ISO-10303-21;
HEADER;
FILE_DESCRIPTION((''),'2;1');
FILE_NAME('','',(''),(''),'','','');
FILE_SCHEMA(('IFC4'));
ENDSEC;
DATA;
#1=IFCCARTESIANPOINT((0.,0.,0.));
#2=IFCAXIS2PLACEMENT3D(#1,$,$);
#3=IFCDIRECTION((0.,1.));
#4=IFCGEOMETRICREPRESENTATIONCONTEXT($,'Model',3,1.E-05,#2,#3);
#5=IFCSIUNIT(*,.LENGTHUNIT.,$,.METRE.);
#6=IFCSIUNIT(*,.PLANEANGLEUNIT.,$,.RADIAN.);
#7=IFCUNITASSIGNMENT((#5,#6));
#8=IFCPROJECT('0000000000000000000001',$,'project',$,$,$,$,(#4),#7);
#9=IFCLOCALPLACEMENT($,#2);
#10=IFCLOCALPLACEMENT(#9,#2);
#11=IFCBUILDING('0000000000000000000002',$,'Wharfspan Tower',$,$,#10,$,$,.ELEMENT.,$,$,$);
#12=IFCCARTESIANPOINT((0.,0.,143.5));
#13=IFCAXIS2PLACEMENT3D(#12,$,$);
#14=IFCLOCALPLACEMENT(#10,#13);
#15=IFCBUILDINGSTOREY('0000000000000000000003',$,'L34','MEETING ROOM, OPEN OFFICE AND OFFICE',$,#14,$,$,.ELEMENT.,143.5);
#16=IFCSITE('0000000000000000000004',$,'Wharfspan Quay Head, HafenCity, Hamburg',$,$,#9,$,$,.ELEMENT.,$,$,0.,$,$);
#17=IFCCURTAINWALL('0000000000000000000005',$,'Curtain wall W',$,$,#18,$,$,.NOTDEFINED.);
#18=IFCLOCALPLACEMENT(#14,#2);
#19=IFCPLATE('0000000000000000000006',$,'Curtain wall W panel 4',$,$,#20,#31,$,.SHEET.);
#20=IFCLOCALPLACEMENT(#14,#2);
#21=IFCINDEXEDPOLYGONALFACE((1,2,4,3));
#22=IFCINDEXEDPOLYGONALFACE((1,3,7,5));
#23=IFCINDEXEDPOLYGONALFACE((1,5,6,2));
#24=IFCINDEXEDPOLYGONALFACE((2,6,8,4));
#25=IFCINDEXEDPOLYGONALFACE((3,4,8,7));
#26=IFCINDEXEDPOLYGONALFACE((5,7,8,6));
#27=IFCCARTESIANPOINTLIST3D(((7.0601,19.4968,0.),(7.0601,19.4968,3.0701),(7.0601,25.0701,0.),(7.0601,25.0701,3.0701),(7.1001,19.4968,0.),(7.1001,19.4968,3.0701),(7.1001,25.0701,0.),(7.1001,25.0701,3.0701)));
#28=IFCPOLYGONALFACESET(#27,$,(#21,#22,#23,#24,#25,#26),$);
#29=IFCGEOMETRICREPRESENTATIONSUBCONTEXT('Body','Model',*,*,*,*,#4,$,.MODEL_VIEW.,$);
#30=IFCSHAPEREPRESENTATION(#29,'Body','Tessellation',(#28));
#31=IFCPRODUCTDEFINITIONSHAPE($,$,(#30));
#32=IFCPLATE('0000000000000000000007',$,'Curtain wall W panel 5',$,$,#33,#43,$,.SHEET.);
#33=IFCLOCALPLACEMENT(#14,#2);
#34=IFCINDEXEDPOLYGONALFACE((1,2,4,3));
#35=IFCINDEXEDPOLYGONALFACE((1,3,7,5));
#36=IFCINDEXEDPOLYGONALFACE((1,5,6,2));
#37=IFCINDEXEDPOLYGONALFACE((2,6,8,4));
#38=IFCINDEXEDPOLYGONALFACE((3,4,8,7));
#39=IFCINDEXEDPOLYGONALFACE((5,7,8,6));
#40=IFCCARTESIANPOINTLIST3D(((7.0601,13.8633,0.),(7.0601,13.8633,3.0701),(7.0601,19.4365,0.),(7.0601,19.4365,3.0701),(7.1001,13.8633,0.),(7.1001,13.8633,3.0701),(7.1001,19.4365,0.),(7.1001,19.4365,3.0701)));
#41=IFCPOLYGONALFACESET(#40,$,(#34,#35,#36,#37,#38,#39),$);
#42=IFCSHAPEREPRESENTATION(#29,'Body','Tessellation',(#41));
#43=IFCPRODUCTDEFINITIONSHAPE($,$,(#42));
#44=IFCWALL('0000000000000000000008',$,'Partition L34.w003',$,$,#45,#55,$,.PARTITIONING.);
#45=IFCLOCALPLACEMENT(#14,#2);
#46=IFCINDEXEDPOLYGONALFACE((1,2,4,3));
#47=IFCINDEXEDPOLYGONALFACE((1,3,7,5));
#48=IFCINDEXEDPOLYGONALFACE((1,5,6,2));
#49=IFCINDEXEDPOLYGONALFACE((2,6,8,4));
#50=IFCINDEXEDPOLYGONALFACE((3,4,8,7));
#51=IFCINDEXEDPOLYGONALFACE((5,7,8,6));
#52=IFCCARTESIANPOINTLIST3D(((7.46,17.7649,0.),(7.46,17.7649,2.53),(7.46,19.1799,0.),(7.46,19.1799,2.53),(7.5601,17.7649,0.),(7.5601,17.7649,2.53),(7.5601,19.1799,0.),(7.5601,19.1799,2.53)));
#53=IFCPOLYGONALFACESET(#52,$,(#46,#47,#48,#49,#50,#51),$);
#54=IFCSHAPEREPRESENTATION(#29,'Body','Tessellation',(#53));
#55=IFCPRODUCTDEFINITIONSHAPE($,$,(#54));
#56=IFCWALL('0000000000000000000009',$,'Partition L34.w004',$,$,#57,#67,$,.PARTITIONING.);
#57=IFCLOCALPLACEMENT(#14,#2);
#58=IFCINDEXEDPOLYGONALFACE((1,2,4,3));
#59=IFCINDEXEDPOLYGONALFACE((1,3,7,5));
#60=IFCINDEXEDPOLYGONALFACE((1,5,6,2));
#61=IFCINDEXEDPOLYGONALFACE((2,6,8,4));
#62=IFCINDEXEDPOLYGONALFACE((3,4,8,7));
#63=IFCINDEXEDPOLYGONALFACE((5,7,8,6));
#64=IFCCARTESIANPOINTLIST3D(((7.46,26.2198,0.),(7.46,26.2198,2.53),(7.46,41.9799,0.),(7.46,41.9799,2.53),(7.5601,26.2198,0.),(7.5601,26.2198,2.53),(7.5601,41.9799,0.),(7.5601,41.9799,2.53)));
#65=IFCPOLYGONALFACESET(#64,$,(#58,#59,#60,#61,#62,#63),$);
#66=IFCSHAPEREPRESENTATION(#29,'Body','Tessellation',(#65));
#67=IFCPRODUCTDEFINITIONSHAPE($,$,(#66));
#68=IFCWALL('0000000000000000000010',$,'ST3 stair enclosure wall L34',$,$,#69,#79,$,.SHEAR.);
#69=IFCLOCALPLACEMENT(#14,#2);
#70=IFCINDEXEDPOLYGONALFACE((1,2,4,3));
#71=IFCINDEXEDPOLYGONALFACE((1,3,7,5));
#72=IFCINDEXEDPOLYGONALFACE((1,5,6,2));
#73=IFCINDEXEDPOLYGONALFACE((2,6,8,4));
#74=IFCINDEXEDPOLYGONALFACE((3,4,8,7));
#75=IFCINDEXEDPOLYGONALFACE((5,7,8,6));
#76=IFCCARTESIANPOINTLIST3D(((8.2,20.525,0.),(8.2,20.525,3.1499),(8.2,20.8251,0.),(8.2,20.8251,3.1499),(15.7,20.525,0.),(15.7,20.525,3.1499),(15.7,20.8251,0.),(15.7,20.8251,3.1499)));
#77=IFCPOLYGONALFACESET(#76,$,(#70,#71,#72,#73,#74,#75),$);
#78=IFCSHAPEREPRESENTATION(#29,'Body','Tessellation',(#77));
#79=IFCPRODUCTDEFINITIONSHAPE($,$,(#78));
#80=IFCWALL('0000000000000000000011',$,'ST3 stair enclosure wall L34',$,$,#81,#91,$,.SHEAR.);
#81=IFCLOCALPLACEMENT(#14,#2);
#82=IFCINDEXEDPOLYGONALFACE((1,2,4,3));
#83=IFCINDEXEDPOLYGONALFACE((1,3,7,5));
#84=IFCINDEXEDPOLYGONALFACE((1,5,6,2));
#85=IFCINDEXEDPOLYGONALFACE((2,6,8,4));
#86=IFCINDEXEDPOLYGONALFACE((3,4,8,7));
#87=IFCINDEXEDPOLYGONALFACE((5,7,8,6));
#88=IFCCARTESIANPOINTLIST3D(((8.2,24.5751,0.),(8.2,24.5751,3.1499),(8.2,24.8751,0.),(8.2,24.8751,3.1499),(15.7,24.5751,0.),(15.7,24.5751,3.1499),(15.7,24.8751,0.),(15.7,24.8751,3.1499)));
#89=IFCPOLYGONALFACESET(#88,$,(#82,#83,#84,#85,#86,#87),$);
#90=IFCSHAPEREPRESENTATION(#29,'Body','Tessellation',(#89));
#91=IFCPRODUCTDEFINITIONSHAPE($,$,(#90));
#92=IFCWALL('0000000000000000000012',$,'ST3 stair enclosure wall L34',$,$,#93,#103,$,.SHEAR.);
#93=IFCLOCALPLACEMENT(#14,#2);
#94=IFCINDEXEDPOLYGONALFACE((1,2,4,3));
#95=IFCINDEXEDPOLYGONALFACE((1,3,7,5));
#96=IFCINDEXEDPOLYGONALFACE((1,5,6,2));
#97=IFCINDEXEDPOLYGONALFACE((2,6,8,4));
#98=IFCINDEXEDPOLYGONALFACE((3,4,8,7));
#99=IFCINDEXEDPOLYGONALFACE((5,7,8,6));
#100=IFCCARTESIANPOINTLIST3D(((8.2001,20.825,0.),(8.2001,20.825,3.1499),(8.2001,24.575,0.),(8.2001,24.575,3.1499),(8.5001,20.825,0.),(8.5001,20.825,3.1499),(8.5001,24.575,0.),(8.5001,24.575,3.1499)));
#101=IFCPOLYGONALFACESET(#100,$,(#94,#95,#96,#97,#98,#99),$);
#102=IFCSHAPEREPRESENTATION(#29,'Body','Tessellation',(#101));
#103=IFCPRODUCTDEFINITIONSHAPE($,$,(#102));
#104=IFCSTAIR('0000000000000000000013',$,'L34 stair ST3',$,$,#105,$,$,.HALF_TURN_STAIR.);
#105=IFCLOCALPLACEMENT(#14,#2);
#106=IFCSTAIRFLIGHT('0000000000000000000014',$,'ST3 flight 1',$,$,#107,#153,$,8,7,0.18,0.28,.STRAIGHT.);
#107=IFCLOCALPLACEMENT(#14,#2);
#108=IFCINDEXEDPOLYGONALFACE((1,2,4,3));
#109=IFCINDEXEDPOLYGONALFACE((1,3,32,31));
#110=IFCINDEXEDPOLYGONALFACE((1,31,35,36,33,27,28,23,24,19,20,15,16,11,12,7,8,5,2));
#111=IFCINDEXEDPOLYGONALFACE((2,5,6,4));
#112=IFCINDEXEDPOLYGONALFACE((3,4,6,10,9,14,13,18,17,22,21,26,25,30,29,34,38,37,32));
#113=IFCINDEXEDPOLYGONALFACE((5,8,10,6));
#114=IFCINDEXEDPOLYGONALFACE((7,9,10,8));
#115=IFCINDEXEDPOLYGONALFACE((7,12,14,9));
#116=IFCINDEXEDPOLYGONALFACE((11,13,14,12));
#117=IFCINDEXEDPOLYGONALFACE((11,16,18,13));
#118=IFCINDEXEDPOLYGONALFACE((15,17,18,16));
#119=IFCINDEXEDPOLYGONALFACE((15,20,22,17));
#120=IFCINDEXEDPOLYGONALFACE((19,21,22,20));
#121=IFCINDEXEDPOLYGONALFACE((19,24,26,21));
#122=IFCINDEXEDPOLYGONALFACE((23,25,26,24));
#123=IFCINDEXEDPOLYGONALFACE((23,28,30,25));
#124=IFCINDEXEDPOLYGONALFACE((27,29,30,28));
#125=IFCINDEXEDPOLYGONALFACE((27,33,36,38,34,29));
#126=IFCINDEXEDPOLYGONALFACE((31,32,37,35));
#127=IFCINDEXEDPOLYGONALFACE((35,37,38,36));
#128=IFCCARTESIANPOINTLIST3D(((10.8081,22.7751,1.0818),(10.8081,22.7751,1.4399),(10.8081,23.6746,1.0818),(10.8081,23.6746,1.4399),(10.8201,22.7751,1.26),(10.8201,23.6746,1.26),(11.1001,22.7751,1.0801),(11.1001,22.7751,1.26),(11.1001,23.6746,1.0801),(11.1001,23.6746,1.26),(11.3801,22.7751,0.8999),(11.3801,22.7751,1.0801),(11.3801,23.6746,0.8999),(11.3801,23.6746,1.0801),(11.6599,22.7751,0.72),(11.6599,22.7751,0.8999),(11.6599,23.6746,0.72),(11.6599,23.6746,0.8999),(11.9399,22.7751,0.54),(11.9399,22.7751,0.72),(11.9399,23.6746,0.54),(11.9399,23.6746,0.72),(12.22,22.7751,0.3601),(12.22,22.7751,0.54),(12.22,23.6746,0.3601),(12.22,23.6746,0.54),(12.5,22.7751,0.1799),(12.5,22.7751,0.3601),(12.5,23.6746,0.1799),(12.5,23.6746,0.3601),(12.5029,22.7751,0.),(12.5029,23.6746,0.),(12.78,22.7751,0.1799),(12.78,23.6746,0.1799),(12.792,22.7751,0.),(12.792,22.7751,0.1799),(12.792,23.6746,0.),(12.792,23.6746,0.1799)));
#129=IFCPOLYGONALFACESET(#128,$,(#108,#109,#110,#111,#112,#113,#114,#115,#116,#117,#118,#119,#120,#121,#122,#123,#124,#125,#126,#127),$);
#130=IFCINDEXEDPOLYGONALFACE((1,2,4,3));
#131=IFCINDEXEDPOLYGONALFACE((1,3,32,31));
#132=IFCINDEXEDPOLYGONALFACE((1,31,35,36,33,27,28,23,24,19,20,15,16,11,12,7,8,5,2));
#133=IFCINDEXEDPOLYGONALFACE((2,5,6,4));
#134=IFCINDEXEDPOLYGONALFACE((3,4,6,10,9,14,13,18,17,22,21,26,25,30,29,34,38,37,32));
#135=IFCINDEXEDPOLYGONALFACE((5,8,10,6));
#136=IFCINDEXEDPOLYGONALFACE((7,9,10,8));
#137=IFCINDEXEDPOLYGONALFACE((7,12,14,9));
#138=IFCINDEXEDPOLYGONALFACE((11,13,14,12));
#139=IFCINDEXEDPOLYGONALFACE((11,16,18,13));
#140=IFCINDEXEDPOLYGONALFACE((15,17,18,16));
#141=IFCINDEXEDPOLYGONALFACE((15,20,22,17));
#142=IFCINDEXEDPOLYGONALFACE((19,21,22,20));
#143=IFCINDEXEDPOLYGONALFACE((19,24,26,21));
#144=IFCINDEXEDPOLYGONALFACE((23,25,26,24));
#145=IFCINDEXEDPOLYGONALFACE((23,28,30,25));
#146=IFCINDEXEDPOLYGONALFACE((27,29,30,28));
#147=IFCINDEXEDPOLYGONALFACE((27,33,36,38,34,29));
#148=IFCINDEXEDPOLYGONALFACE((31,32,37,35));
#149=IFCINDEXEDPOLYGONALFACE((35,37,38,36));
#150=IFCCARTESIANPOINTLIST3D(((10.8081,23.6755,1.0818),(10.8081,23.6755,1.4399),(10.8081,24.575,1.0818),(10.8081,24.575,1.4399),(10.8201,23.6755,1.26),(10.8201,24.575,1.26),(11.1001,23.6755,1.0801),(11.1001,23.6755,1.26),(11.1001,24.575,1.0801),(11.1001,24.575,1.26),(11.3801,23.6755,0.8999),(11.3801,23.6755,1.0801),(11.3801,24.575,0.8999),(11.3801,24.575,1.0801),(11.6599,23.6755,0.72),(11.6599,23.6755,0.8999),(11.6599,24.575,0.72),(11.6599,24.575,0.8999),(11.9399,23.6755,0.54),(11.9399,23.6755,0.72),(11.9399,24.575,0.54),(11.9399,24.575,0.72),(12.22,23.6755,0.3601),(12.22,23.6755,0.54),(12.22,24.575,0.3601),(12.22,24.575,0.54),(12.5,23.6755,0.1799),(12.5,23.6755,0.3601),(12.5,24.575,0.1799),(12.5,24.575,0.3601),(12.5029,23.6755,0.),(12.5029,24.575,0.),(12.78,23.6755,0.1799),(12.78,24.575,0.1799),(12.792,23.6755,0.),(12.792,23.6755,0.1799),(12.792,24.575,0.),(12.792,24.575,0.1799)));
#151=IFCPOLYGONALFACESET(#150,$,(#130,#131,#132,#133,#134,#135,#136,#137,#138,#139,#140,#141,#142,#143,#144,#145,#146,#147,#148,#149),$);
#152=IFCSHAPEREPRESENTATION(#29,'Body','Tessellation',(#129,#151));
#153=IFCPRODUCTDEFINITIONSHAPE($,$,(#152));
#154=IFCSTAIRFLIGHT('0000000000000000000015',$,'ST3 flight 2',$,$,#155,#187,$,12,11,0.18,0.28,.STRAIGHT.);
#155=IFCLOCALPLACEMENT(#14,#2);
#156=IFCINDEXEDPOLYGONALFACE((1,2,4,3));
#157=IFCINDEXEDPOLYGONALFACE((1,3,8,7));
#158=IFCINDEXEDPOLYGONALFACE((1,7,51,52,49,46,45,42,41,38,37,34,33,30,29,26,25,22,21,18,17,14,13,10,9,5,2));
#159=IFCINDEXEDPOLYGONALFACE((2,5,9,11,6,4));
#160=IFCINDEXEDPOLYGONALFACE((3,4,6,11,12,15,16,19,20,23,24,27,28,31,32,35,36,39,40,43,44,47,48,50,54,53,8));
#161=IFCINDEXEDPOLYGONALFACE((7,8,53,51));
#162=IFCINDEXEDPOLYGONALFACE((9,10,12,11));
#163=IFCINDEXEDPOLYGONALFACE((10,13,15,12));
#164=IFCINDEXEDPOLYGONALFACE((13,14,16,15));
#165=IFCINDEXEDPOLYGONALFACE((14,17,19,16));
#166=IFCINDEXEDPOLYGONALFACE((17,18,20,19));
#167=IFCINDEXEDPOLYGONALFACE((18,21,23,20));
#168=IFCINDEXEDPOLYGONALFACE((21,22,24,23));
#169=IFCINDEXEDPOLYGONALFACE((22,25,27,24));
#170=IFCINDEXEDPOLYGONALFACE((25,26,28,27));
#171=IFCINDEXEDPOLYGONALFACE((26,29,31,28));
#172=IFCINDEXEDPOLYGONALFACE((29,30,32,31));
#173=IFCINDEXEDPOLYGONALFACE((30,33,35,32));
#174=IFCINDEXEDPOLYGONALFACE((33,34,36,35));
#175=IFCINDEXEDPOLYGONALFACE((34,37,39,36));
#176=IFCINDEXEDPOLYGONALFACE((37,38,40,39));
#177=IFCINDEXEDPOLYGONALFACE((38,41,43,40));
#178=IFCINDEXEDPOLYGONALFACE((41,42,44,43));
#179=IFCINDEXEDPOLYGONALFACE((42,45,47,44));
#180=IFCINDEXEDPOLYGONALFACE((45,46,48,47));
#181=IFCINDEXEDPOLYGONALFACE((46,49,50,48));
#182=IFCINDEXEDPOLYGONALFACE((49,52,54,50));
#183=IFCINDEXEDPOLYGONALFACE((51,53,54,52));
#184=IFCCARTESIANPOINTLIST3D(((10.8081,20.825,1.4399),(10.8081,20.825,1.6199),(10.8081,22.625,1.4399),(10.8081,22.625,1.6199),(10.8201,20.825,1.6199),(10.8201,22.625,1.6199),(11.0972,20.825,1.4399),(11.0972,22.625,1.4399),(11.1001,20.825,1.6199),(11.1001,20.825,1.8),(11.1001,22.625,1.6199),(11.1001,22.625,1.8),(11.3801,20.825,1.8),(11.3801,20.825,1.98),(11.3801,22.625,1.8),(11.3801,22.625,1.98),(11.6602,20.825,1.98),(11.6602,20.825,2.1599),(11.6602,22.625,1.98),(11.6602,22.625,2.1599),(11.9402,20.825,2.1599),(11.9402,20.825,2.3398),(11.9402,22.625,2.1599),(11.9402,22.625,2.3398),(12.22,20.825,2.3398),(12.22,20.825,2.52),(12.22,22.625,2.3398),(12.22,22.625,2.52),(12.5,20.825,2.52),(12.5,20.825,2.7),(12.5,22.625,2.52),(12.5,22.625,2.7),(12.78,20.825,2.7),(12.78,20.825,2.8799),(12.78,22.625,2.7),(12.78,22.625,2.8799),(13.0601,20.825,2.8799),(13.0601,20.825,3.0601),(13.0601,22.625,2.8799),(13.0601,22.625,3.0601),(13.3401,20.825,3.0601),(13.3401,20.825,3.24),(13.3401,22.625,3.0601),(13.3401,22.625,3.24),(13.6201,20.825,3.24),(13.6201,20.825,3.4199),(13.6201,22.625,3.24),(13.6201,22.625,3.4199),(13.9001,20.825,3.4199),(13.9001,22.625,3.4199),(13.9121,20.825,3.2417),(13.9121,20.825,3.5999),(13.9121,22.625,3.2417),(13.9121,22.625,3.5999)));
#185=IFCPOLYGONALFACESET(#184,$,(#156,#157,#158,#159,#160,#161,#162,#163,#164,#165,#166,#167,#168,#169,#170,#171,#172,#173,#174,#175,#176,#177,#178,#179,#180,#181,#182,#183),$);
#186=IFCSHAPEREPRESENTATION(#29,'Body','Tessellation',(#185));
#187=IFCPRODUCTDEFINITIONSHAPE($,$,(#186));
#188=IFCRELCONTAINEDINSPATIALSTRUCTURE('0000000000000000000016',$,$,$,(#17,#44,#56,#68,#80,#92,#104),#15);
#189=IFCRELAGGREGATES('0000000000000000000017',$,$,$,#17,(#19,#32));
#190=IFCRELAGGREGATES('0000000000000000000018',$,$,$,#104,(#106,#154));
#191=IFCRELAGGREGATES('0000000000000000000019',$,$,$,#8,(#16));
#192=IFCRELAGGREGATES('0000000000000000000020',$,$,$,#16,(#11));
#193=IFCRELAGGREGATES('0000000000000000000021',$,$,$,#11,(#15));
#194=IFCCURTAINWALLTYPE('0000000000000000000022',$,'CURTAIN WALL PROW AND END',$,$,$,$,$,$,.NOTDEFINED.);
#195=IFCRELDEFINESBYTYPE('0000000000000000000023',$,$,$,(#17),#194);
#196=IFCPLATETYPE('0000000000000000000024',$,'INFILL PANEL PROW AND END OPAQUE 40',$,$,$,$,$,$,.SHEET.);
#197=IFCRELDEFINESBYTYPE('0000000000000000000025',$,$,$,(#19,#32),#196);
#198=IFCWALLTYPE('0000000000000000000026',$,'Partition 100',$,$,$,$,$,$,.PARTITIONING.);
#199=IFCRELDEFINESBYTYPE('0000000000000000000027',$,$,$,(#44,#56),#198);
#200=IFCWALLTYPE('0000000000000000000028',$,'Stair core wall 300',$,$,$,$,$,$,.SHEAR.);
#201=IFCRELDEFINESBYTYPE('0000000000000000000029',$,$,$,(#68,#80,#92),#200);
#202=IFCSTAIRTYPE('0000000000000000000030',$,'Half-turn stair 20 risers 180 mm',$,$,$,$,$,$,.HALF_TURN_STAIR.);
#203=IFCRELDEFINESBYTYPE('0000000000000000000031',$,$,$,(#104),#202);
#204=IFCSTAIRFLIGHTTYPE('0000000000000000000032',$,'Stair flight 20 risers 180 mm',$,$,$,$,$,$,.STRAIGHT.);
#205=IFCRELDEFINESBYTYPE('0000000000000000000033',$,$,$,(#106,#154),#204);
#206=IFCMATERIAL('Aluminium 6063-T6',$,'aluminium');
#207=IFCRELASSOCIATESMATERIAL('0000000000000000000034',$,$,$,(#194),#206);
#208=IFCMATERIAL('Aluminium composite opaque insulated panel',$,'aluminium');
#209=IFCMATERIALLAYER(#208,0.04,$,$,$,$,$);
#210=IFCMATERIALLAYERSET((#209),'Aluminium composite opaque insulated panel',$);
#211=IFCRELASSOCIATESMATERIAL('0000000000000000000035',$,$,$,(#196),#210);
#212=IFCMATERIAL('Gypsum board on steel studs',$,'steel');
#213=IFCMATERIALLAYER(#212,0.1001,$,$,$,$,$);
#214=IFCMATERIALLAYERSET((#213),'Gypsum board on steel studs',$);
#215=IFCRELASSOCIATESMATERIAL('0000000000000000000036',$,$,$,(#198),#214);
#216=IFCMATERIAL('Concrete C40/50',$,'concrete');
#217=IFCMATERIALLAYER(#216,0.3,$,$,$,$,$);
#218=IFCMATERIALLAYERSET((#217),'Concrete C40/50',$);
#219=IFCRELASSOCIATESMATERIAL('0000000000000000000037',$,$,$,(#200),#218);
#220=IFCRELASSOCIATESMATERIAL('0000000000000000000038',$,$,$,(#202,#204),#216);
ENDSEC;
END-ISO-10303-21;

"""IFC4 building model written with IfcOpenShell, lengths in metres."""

from ifc_helpers import new_model, si_unit, direction, frame, frame_2d, origin, origin_2d, place, context, subcontext, project, spatial, polyline, rectangle, outline, extrude, material, layer, layer_set, type_object, element, aggregate, save


model = new_model("IFC4")

# Units and contexts
model_context = context("Model", 3, precision=1e-05, world=origin(), true_north=direction((0.0, 1.0)))
body_context = subcontext(model_context, "Body", "Model", "MODEL_VIEW")
ifc_project = project(units=[si_unit("LENGTHUNIT", "METRE"), si_unit("PLANEANGLEUNIT", "RADIAN")], contexts=[model_context])

# Site, building, storey
site_placement = place(None, origin())
site = spatial("IfcSite", under=ifc_project, at=site_placement, Name="Wharfspan Quay Head, HafenCity, Hamburg", CompositionType="ELEMENT", RefElevation=0.0)
building_placement = place(site_placement, origin())
building = spatial("IfcBuilding", under=site, at=building_placement, Name="Wharfspan Tower", CompositionType="ELEMENT")
storey_placement = place(building_placement, frame((0.0, 0.0, 143.5)))
storey = spatial("IfcBuildingStorey", under=building, at=storey_placement, Name="L34", Description="MEETING ROOM, OPEN OFFICE AND OFFICE", CompositionType="ELEMENT", Elevation=143.5)

# Curtain wall, plates
ifc_material_1 = material(Name="Aluminium 6063-T6", Category="aluminium")
curtain_wall_type = type_object("IfcCurtainWallType", Name="CURTAIN WALL PROW AND END", PredefinedType="NOTDEFINED", material=ifc_material_1)
curtain_wall_placement = place(storey_placement, origin())
curtain_wall = element("IfcCurtainWall", 1, at=curtain_wall_placement, inside=storey, type_object=curtain_wall_type, Name="Curtain wall W", PredefinedType="NOTDEFINED")
ifc_material_2 = material(Name="Aluminium composite opaque insulated panel", Category="aluminium")
ifc_layer_1 = layer(ifc_material_2, 0.04)
ifc_layer_set_1 = layer_set([ifc_layer_1], Name="Aluminium composite opaque insulated panel")
plate_type = type_object("IfcPlateType", Name="INFILL PANEL PROW AND END OPAQUE 40", PredefinedType="SHEET", material=ifc_layer_set_1)
plate_1_placement = place(storey_placement, frame((7.0801, 22.2834, 0.0), z_axis=(0.0, 0.0, 1.0), x_axis=(0.0, -1.0, 0.0)))
plate_1 = element("IfcPlate", 2, at=plate_1_placement, type_object=plate_type, Name="Curtain wall W panel 4", PredefinedType="SHEET", context=body_context, shape_type="SweptSolid", body=[
    extrude(rectangle(XDim=5.5732, YDim=0.04, at=origin_2d()), origin(), (0.0, 0.0, 1.0), 3.0701),
])
plate_2_placement = place(storey_placement, frame((7.0801, 16.6499, 0.0), z_axis=(0.0, 0.0, 1.0), x_axis=(0.0, -1.0, 0.0)))
plate_2 = element("IfcPlate", 3, at=plate_2_placement, type_object=plate_type, Name="Curtain wall W panel 5", PredefinedType="SHEET", context=body_context, shape_type="SweptSolid", body=[
    extrude(rectangle(XDim=5.5732, YDim=0.04, at=origin_2d()), origin(), (0.0, 0.0, 1.0), 3.0701),
])
aggregate(curtain_wall, [plate_1, plate_2])

# Walls
ifc_material_3 = material(Name="Gypsum board on steel studs", Category="steel")
ifc_layer_2 = layer(ifc_material_3, 0.1001)
ifc_layer_set_2 = layer_set([ifc_layer_2], Name="Gypsum board on steel studs")
wall_type_1 = type_object("IfcWallType", Name="Partition 100", PredefinedType="PARTITIONING", material=ifc_layer_set_2)
wall_1_placement = place(storey_placement, frame((7.51, 17.7649, 0.0), z_axis=(0.0, 0.0, 1.0), x_axis=(0.0, 1.0, 0.0)))
element("IfcWall", 4, at=wall_1_placement, inside=storey, type_object=wall_type_1, Name="Partition L34.w003", PredefinedType="PARTITIONING", context=body_context, shape_type="SweptSolid", body=[
    extrude(rectangle(XDim=1.415, YDim=0.1001, at=frame_2d((0.7075, 0.0))), origin(), (0.0, 0.0, 1.0), 2.53),
])
wall_2_placement = place(storey_placement, frame((7.51, 26.22, 0.0), z_axis=(0.0, 0.0, 1.0), x_axis=(0.0, 1.0, 0.0)))
element("IfcWall", 5, at=wall_2_placement, inside=storey, type_object=wall_type_1, Name="Partition L34.w004", PredefinedType="PARTITIONING", context=body_context, shape_type="SweptSolid", body=[
    extrude(rectangle(XDim=15.76, YDim=0.1001, at=frame_2d((7.8799, 0.0))), origin(), (0.0, 0.0, 1.0), 2.53),
])
ifc_material_4 = material(Name="Concrete C40/50", Category="concrete")
ifc_layer_3 = layer(ifc_material_4, 0.3)
ifc_layer_set_3 = layer_set([ifc_layer_3], Name="Concrete C40/50")
wall_type_2 = type_object("IfcWallType", Name="Stair core wall 300", PredefinedType="SHEAR", material=ifc_layer_set_3)
for number, where, z_axis, x_axis, name in (
    (6, (8.2, 20.675, 0.0), (0.0, 0.0, 1.0), (1.0, 0.0, 0.0), "ST3 stair enclosure wall L34"),
    (7, (8.2, 24.7251, 0.0), (0.0, 0.0, 1.0), (1.0, 0.0, 0.0), "ST3 stair enclosure wall L34"),
):
    element("IfcWall", number, at=place(storey_placement, frame(where, z_axis=z_axis, x_axis=x_axis)), inside=storey, type_object=wall_type_2, Name=name, PredefinedType="SHEAR", context=body_context, shape_type="SweptSolid", body=[
        extrude(rectangle(XDim=7.5, YDim=0.3, at=frame_2d((3.75, 0.0))), origin(), (0.0, 0.0, 1.0), 3.1499),
    ])
wall_3_placement = place(storey_placement, frame((8.3501, 20.825, 0.0), z_axis=(0.0, 0.0, 1.0), x_axis=(0.0, 1.0, 0.0)))
element("IfcWall", 8, at=wall_3_placement, inside=storey, type_object=wall_type_2, Name="ST3 stair enclosure wall L34", PredefinedType="SHEAR", context=body_context, shape_type="SweptSolid", body=[
    extrude(rectangle(XDim=3.75, YDim=0.3, at=frame_2d((1.875, 0.0))), origin(), (0.0, 0.0, 1.0), 3.1499),
])

# Stair, stair flights
stair_type = type_object("IfcStairType", Name="Half-turn stair 20 risers 180 mm", PredefinedType="HALF_TURN_STAIR", material=ifc_material_4)
stair_placement = place(storey_placement, origin())
stair = element("IfcStair", 9, at=stair_placement, inside=storey, type_object=stair_type, Name="L34 stair ST3", PredefinedType="HALF_TURN_STAIR")
stair_flight_type = type_object("IfcStairFlightType", Name="Stair flight 20 risers 180 mm", PredefinedType="STRAIGHT", material=ifc_material_4)
stair_flight_1_placement = place(storey_placement, frame((12.78, 23.675, 0.0), z_axis=(0.0, 0.0, 1.0), x_axis=(-1.0, 0.0, 0.0)))
stair_flight_1 = element("IfcStairFlight", 10, at=stair_flight_1_placement, type_object=stair_flight_type, Name="ST3 flight 1", NumberOfRisers=8, NumberOfTreads=7, PredefinedType="STRAIGHT", RiserHeight=0.18, TreadLength=0.28, context=body_context, shape_type="SweptSolid", body=[
    extrude(outline(polyline([(-0.012, 0.0), (-0.012, 0.1799), (0.0, 0.1799), (0.28, 0.1799), (0.28, 0.3601), (0.5601, 0.3601), (0.5601, 0.54), (0.8401, 0.54), (0.8401, 0.72), (1.1201, 0.72), (1.1201, 0.8999), (1.3999, 0.8999), (1.3999, 1.0801), (1.6799, 1.0801), (1.6799, 1.26), (1.96, 1.26), (1.9719, 1.4399), (1.9719, 1.0818), (0.2771, 0.0), (-0.012, 0.0)])), frame((0.0, 0.8999, 0.0), z_axis=(0.0, -1.0, 0.0), x_axis=(1.0, 0.0, 0.0)), (0.0, 0.0, 1.0), 0.8994),
    extrude(outline(polyline([(-0.012, 0.0), (-0.012, 0.1799), (0.0, 0.1799), (0.28, 0.1799), (0.28, 0.3601), (0.5601, 0.3601), (0.5601, 0.54), (0.8401, 0.54), (0.8401, 0.72), (1.1201, 0.72), (1.1201, 0.8999), (1.3999, 0.8999), (1.3999, 1.0801), (1.6799, 1.0801), (1.6799, 1.26), (1.96, 1.26), (1.9719, 1.4399), (1.9719, 1.0818), (0.2771, 0.0), (-0.012, 0.0)])), frame((0.0, -0.0005, 0.0), z_axis=(0.0, -1.0, 0.0), x_axis=(1.0, 0.0, 0.0)), (0.0, 0.0, 1.0), 0.8994),
])
stair_flight_2_placement = place(storey_placement, frame((10.8201, 21.7251, 1.4399), z_axis=(0.0, 0.0, 1.0), x_axis=(1.0, 0.0, 0.0)))
stair_flight_2 = element("IfcStairFlight", 11, at=stair_flight_2_placement, type_object=stair_flight_type, Name="ST3 flight 2", NumberOfRisers=12, NumberOfTreads=11, PredefinedType="STRAIGHT", RiserHeight=0.18, TreadLength=0.28, context=body_context, shape_type="SweptSolid", body=[
    extrude(outline(polyline([(-0.012, 0.0), (-0.012, 0.1799), (0.0, 0.1799), (0.28, 0.1799), (0.28, 0.3601), (0.5601, 0.3601), (0.5601, 0.54), (0.8401, 0.54), (0.8401, 0.72), (1.1201, 0.72), (1.1201, 0.8999), (1.3999, 0.8999), (1.3999, 1.0801), (1.6799, 1.0801), (1.6799, 1.26), (1.96, 1.26), (1.96, 1.4399), (2.24, 1.4399), (2.24, 1.6201), (2.52, 1.6201), (2.52, 1.8), (2.8, 1.8), (2.8, 1.98), (3.0801, 1.98), (3.092, 2.1599), (3.092, 1.8018), (0.2771, 0.0), (-0.012, 0.0)])), frame((0.0, 0.8999, 0.0), z_axis=(0.0, -1.0, 0.0), x_axis=(1.0, 0.0, 0.0)), (0.0, 0.0, 1.0), 1.8),
])
aggregate(stair, [stair_flight_1, stair_flight_2])

save(model, "model.ifc")
